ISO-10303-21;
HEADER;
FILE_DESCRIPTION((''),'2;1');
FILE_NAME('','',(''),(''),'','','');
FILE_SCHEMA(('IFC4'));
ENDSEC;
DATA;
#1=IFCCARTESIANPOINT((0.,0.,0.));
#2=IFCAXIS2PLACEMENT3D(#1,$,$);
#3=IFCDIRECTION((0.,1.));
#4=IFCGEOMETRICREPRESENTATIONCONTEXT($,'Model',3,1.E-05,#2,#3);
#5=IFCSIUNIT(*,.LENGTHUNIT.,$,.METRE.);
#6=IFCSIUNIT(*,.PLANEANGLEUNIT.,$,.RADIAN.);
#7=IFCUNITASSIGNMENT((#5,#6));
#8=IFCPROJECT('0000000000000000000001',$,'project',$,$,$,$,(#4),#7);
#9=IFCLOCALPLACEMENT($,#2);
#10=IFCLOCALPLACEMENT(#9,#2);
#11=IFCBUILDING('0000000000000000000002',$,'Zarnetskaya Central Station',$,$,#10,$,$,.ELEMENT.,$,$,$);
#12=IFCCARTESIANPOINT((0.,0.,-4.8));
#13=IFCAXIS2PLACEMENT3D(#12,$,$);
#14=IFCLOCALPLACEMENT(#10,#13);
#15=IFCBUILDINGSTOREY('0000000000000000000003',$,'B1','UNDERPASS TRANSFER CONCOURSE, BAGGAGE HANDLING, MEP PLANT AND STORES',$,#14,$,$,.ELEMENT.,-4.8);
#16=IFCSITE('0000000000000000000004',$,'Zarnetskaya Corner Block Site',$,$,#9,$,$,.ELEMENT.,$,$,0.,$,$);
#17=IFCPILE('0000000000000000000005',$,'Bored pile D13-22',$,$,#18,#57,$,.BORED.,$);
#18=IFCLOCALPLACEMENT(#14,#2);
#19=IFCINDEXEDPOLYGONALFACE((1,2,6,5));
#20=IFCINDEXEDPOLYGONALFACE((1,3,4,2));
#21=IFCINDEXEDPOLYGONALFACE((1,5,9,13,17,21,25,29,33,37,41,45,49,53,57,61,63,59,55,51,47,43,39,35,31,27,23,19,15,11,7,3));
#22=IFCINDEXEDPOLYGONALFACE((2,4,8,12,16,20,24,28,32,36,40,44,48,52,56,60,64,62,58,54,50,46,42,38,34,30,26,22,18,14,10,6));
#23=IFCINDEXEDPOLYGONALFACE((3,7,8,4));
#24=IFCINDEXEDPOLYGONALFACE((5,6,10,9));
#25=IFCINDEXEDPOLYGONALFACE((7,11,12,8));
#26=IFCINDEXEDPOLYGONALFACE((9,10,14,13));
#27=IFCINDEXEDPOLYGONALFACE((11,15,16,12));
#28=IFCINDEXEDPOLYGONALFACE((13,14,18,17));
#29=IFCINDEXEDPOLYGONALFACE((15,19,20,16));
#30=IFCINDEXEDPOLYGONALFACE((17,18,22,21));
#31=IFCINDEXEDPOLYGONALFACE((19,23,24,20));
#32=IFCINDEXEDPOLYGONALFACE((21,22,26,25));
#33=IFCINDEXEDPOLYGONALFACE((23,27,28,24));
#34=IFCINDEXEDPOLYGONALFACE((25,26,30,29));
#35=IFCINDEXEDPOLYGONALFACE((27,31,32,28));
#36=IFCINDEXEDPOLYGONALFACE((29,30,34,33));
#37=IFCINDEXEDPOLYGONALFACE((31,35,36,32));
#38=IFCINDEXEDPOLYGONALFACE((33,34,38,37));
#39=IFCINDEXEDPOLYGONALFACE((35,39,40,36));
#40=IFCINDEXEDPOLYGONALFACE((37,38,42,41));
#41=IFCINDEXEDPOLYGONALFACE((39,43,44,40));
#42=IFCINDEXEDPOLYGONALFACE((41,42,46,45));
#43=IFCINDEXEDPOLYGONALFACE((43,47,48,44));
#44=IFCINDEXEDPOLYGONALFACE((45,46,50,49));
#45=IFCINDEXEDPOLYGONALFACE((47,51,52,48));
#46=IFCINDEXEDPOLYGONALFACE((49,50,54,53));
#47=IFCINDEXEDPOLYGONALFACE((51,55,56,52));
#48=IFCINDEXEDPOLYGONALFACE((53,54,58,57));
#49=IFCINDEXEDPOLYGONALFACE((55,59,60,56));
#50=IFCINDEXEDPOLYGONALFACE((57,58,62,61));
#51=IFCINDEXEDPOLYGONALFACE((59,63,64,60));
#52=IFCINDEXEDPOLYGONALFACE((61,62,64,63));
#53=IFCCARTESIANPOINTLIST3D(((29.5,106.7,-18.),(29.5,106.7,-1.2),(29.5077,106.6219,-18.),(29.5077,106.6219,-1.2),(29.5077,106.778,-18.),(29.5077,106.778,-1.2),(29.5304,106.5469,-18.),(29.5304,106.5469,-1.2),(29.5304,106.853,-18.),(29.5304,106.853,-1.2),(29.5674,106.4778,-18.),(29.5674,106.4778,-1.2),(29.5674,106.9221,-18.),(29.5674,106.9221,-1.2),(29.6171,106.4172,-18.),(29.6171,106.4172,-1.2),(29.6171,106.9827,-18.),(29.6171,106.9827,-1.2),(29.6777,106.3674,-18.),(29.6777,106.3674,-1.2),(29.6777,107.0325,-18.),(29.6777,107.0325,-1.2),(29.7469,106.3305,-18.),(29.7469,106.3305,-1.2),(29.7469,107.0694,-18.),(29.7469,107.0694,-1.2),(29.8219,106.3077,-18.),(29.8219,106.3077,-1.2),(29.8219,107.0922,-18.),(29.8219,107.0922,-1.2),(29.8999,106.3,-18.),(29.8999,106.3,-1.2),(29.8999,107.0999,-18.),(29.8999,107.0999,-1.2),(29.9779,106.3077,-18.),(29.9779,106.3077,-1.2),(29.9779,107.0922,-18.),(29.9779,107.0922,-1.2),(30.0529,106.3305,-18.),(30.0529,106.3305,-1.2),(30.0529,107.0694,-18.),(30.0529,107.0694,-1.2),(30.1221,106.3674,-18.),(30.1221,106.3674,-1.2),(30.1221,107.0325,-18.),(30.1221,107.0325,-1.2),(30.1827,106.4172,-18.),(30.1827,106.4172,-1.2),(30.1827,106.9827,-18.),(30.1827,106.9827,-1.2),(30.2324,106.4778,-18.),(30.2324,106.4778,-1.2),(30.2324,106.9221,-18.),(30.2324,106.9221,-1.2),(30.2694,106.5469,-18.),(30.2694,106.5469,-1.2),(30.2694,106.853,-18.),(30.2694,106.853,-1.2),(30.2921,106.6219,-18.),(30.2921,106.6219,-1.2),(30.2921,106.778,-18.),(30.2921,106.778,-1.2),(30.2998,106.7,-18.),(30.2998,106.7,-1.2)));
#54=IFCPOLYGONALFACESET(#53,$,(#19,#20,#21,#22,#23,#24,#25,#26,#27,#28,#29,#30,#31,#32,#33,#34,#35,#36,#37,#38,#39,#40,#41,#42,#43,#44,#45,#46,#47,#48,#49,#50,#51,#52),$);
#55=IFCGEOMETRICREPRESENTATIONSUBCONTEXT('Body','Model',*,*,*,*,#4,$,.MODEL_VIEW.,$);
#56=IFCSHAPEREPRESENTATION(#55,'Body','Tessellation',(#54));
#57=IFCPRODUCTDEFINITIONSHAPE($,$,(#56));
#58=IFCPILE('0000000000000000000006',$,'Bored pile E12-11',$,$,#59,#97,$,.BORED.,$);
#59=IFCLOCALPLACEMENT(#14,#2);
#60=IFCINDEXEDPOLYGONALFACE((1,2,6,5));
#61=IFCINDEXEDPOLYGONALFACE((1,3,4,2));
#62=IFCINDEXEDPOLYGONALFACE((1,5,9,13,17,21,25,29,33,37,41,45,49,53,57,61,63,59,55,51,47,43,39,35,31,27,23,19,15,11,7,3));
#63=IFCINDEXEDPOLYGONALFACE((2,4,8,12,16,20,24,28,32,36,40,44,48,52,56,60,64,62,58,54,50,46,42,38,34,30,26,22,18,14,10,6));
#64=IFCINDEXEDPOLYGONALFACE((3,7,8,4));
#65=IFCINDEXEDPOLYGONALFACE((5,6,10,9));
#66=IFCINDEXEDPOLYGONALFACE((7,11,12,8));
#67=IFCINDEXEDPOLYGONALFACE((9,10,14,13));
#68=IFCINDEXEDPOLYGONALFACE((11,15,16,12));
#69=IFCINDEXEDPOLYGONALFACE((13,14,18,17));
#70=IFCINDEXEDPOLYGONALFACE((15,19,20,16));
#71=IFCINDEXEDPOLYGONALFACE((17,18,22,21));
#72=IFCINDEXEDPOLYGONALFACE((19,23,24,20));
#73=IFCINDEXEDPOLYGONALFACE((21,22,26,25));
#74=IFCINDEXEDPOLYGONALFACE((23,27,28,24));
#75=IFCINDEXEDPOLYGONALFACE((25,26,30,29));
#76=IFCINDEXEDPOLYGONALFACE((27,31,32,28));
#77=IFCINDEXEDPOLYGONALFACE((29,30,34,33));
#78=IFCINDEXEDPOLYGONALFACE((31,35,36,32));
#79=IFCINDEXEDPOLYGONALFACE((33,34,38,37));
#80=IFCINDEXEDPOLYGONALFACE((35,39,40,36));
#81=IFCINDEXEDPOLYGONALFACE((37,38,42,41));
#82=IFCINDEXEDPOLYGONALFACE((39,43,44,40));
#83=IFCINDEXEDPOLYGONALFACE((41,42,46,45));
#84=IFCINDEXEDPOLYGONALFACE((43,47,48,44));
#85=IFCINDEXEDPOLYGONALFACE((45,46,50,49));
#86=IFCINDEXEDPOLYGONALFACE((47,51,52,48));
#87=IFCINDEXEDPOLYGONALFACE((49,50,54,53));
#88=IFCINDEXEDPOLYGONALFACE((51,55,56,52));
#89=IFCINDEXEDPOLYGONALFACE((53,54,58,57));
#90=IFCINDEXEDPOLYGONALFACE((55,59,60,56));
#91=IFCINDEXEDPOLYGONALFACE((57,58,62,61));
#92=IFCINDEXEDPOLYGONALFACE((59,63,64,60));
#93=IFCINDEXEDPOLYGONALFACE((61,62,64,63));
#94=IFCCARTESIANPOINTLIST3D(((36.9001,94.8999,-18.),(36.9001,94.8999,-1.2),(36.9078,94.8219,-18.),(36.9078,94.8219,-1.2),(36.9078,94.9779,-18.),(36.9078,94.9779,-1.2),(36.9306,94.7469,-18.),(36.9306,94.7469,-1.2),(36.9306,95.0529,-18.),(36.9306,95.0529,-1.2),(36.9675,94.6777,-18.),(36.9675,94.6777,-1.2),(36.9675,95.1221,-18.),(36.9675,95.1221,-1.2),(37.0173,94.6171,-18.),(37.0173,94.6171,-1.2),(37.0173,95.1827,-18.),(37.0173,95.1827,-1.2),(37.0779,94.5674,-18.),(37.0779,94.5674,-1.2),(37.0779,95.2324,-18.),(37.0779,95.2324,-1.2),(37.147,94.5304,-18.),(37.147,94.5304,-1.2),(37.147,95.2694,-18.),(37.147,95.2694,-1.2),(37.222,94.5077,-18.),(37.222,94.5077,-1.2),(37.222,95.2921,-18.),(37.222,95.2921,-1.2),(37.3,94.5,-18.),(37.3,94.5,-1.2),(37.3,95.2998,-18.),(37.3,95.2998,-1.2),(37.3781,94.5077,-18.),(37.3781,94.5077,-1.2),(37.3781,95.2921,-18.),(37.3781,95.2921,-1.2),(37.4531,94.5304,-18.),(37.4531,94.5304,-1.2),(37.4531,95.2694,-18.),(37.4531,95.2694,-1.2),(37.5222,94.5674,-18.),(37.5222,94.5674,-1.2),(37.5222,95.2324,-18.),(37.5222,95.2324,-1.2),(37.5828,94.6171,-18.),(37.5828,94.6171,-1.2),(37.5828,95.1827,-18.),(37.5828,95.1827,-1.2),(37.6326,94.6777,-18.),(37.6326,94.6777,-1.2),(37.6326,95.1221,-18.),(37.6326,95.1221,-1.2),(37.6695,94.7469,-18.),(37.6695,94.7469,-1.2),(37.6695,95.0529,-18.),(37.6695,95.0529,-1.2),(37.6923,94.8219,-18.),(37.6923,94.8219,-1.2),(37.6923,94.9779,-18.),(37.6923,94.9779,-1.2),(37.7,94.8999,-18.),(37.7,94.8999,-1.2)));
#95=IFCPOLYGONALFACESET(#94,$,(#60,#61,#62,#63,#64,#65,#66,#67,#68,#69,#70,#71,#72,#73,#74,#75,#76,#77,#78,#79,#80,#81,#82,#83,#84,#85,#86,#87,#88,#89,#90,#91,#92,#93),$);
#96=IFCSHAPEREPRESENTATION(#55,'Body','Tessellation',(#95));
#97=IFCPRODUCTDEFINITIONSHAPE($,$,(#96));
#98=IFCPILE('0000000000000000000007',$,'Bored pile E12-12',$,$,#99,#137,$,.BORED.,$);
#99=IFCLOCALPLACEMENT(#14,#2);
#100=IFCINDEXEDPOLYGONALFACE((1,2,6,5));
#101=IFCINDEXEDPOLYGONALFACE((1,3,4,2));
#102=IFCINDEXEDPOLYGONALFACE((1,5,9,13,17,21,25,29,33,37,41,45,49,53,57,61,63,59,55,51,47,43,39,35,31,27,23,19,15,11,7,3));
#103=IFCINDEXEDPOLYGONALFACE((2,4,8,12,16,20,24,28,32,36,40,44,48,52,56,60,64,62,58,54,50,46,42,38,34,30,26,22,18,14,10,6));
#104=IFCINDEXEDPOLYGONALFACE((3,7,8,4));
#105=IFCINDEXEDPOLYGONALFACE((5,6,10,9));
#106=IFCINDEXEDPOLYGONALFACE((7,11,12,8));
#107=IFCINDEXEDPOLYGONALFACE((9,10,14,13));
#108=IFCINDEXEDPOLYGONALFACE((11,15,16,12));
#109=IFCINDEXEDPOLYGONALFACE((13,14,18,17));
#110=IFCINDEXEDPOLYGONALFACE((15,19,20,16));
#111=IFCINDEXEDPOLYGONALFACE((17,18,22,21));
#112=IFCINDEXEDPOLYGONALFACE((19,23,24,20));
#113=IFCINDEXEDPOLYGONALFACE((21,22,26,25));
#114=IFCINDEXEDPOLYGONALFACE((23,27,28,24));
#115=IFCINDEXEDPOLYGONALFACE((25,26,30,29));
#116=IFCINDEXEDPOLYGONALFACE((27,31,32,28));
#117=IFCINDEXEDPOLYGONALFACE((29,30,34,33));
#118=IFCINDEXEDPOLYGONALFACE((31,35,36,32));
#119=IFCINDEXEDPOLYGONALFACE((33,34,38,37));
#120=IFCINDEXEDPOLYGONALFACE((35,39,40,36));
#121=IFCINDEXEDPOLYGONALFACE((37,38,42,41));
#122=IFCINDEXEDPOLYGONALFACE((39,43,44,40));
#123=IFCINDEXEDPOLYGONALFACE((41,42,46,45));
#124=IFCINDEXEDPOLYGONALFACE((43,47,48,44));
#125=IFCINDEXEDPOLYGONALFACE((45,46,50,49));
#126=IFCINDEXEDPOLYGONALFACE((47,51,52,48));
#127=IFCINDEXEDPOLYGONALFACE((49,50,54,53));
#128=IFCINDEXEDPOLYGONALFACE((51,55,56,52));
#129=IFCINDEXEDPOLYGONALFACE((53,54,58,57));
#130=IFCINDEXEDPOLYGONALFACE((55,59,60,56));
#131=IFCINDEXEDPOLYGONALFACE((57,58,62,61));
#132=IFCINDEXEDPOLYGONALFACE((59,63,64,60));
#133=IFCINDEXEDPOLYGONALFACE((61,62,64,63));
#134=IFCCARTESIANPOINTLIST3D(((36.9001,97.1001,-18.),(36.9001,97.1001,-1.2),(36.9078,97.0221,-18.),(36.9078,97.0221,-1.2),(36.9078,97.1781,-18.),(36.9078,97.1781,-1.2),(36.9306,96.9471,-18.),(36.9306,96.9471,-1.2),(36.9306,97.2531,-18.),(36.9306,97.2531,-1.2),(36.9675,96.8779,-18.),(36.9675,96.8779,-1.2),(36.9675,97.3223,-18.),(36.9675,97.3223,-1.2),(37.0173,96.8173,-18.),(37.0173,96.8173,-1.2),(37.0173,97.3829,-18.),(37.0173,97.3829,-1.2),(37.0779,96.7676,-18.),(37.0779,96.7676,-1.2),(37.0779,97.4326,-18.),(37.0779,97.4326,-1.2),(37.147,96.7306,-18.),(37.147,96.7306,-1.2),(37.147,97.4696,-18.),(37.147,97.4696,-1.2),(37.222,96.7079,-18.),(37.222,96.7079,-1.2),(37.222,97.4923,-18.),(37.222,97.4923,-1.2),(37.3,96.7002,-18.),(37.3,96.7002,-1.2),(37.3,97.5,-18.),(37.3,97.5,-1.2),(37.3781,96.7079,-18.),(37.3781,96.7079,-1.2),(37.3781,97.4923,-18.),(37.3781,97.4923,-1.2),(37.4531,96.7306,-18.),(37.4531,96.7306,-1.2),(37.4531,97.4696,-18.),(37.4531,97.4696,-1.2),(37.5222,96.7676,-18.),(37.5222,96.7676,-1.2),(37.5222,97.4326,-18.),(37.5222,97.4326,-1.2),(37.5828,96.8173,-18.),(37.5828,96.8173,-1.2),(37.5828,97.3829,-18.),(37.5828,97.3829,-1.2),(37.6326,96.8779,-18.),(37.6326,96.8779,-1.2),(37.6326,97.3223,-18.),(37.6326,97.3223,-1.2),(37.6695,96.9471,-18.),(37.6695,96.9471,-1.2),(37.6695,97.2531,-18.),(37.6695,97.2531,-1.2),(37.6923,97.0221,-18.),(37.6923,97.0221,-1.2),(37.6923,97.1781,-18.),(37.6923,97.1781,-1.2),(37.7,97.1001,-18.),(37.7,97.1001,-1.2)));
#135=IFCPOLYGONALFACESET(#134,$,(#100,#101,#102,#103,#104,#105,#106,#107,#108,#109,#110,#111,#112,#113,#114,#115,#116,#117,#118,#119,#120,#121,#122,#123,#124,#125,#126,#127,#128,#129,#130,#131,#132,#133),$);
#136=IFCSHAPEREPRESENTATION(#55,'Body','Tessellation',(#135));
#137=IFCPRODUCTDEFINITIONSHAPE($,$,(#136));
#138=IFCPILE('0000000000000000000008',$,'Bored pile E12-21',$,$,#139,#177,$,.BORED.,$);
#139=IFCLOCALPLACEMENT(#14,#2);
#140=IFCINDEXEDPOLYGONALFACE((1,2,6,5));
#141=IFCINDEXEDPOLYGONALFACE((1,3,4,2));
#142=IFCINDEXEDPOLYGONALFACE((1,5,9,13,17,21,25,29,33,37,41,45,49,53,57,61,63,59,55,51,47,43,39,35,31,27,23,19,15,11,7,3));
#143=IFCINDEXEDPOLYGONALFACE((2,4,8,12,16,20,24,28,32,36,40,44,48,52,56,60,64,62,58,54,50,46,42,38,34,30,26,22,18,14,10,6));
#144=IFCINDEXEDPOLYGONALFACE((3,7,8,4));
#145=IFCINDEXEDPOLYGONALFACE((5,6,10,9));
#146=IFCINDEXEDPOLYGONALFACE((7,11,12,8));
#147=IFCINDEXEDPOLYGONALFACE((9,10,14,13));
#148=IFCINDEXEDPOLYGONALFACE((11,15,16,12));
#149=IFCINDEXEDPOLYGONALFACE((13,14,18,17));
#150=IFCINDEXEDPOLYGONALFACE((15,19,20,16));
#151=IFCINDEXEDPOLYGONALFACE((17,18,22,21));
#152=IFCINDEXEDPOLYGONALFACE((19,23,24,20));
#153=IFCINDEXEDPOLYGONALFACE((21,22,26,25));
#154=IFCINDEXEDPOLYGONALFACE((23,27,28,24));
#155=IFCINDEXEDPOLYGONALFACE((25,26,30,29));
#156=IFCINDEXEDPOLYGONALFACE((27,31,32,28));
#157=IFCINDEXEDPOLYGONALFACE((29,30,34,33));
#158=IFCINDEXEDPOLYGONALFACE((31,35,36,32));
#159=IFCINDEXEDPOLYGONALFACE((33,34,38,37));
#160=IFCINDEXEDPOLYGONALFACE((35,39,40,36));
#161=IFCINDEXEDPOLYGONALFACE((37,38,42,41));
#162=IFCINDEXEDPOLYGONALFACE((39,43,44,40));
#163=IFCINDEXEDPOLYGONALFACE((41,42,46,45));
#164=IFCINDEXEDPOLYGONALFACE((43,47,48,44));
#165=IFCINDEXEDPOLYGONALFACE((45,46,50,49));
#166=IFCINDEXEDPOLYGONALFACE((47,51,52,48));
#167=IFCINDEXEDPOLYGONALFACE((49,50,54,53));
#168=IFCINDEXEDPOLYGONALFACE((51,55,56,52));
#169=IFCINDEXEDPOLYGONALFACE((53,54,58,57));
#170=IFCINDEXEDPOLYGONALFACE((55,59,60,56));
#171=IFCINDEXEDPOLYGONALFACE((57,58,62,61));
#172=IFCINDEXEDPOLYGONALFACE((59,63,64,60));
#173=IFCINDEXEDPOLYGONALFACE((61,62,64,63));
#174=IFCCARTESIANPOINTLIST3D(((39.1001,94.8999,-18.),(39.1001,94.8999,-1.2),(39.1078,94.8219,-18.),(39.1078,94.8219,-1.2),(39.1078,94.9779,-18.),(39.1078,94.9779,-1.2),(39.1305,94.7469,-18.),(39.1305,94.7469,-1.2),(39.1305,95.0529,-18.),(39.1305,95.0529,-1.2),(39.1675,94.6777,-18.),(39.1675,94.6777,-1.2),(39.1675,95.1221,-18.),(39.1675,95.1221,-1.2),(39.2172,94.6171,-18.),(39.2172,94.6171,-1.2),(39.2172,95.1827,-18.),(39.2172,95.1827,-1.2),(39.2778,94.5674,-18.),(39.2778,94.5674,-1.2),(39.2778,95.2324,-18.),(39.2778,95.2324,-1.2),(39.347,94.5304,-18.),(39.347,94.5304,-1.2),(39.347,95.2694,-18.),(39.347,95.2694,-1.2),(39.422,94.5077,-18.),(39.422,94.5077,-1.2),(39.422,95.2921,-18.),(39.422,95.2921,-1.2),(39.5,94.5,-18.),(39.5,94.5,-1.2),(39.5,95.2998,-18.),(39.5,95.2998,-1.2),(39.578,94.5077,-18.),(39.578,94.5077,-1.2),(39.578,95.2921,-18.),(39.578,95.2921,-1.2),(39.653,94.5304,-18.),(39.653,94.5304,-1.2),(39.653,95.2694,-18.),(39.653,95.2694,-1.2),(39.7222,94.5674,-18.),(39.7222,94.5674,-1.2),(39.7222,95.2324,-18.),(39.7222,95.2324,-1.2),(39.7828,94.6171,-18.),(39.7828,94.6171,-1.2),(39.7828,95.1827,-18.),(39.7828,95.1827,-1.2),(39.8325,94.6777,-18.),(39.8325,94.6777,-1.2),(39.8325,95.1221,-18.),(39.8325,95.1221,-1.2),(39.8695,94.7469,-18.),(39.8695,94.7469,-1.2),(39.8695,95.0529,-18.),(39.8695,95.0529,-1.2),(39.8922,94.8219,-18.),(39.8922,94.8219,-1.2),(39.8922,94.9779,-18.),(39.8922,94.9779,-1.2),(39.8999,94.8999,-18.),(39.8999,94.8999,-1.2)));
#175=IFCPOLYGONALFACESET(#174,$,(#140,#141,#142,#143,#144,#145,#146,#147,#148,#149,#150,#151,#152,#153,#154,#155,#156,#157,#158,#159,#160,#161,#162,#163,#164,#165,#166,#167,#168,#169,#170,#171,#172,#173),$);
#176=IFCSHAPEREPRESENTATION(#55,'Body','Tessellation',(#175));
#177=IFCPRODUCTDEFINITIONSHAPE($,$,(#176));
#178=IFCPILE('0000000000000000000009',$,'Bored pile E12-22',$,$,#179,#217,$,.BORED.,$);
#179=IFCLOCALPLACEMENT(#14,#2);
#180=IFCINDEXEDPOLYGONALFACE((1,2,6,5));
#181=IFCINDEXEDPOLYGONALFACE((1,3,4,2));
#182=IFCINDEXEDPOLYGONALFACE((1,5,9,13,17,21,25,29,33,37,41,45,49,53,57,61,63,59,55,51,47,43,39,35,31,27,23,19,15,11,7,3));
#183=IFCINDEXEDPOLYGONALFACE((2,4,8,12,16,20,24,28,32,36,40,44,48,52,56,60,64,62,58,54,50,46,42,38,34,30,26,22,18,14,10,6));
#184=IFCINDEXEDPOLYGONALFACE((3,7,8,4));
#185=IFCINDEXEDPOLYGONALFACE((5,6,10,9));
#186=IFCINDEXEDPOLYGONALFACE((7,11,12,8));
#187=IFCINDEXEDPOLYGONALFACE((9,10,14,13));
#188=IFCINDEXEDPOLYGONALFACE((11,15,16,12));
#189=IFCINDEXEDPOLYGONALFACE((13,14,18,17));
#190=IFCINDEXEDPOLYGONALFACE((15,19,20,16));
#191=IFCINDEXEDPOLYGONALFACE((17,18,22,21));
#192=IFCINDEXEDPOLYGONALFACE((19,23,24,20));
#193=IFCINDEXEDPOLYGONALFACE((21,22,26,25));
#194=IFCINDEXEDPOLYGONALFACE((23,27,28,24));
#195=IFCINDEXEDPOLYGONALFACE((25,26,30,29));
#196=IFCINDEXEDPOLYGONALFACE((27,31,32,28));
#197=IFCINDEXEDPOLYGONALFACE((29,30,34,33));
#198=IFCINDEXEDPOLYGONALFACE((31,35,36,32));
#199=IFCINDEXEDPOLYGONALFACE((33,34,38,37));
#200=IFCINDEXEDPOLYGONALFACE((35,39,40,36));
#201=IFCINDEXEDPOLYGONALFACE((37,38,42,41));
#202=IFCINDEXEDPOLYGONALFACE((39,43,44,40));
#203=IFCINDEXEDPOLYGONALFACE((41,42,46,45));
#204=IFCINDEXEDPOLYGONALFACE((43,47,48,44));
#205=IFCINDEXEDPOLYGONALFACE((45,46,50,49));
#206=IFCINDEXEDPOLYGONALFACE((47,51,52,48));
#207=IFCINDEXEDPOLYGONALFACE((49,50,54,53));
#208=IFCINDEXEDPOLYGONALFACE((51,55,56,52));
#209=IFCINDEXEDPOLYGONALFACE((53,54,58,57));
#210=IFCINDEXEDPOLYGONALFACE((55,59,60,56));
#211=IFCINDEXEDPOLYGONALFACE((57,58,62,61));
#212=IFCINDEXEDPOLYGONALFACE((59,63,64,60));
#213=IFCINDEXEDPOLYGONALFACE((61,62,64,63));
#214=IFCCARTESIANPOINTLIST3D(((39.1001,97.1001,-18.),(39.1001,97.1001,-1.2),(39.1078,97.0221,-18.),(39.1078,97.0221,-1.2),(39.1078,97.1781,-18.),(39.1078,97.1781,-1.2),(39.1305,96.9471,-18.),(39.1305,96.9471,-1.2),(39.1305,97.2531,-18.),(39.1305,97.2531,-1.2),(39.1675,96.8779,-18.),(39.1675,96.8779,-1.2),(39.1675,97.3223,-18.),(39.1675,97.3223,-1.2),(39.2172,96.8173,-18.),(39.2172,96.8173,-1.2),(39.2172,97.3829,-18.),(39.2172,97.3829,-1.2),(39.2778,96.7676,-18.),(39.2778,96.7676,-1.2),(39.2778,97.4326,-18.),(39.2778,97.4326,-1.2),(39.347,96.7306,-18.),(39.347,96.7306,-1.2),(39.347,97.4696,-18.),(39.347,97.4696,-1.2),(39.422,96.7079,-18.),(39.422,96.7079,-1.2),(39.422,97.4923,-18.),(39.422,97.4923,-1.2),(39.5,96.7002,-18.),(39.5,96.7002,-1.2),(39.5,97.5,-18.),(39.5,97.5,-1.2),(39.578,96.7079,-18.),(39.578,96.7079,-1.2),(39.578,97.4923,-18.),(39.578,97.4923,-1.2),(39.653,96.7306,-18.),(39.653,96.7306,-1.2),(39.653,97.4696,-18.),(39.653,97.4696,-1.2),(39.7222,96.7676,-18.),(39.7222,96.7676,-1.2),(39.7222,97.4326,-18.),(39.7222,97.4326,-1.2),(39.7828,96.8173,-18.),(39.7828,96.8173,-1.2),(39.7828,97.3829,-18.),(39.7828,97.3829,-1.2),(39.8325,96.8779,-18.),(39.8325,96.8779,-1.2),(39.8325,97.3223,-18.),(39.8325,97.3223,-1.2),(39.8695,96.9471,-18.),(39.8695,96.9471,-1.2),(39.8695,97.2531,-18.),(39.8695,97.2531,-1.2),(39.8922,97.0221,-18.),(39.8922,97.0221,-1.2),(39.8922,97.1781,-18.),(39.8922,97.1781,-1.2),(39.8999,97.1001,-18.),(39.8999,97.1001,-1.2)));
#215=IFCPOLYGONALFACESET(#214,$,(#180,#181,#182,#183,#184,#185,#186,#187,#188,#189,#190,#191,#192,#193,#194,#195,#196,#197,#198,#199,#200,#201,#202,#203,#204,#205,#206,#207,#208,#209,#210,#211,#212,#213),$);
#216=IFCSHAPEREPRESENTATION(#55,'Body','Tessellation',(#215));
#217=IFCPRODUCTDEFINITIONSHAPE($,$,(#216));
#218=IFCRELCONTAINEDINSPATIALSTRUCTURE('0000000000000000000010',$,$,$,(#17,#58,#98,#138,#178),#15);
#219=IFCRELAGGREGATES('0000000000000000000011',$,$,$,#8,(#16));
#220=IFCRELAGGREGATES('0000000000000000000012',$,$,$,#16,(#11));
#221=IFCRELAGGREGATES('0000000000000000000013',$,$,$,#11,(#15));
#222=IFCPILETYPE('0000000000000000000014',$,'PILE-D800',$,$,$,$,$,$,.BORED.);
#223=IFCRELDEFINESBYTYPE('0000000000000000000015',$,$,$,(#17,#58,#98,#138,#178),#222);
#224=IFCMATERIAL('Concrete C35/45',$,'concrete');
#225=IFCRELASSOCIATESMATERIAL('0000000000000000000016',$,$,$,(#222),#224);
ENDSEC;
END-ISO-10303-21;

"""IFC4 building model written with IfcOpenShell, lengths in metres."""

from ifc_helpers import new_model, si_unit, direction, frame, origin, origin_2d, place, context, subcontext, project, spatial, circle, extrude, material, material_profile, profile_set, type_object, element, save


model = new_model("IFC4")

# Units and contexts
model_context = context("Model", 3, precision=1e-05, world=origin(), true_north=direction((0.0, 1.0)))
body_context = subcontext(model_context, "Body", "Model", "MODEL_VIEW")
ifc_project = project(units=[si_unit("LENGTHUNIT", "METRE"), si_unit("PLANEANGLEUNIT", "RADIAN")], contexts=[model_context])

# Site, building, storey
site_placement = place(None, origin())
site = spatial("IfcSite", under=ifc_project, at=site_placement, Name="Zarnetskaya Corner Block Site", CompositionType="ELEMENT", RefElevation=0.0)
building_placement = place(site_placement, origin())
building = spatial("IfcBuilding", under=site, at=building_placement, Name="Zarnetskaya Central Station", CompositionType="ELEMENT")
storey_placement = place(building_placement, frame((0.0, 0.0, -4.8)))
storey = spatial("IfcBuildingStorey", under=building, at=storey_placement, Name="B1", Description="UNDERPASS TRANSFER CONCOURSE, BAGGAGE HANDLING, MEP PLANT AND STORES", CompositionType="ELEMENT", Elevation=-4.8)

# Shared definitions
ifc_material = material(Name="Concrete C35/45", Category="concrete")

# Piles
ifc_material_profile_1 = material_profile(ifc_material, circle(Radius=0.3999, at=origin_2d()), Name="BORED PILE D800")
ifc_profile_set_1 = profile_set([ifc_material_profile_1], Name="Concrete C35/45")
pile_type = type_object("IfcPileType", Name="PILE-D800", PredefinedType="BORED", material=ifc_profile_set_1)
for number, where, z_axis, x_axis, name in (
    (1, (29.8999, 106.7, -1.2), (0.0, 0.0, -1.0), (1.0, 0.0, 0.0), "Bored pile D13-22"),
    (2, (37.3, 94.8999, -1.2), (0.0, 0.0, -1.0), (1.0, 0.0, 0.0), "Bored pile E12-11"),
    (3, (37.3, 97.1001, -1.2), (0.0, 0.0, -1.0), (1.0, 0.0, 0.0), "Bored pile E12-12"),
    (4, (39.5, 94.8999, -1.2), (0.0, 0.0, -1.0), (1.0, 0.0, 0.0), "Bored pile E12-21"),
    (5, (39.5, 97.1001, -1.2), (0.0, 0.0, -1.0), (1.0, 0.0, 0.0), "Bored pile E12-22"),
):
    element("IfcPile", number, at=place(storey_placement, frame(where, z_axis=z_axis, x_axis=x_axis)), inside=storey, type_object=pile_type, Name=name, PredefinedType="BORED", context=body_context, shape_type="SweptSolid", body=[
        extrude(circle(Radius=0.3999, at=origin_2d()), origin(), (0.0, 0.0, 1.0), 16.8),
    ])

save(model, "model.ifc")
